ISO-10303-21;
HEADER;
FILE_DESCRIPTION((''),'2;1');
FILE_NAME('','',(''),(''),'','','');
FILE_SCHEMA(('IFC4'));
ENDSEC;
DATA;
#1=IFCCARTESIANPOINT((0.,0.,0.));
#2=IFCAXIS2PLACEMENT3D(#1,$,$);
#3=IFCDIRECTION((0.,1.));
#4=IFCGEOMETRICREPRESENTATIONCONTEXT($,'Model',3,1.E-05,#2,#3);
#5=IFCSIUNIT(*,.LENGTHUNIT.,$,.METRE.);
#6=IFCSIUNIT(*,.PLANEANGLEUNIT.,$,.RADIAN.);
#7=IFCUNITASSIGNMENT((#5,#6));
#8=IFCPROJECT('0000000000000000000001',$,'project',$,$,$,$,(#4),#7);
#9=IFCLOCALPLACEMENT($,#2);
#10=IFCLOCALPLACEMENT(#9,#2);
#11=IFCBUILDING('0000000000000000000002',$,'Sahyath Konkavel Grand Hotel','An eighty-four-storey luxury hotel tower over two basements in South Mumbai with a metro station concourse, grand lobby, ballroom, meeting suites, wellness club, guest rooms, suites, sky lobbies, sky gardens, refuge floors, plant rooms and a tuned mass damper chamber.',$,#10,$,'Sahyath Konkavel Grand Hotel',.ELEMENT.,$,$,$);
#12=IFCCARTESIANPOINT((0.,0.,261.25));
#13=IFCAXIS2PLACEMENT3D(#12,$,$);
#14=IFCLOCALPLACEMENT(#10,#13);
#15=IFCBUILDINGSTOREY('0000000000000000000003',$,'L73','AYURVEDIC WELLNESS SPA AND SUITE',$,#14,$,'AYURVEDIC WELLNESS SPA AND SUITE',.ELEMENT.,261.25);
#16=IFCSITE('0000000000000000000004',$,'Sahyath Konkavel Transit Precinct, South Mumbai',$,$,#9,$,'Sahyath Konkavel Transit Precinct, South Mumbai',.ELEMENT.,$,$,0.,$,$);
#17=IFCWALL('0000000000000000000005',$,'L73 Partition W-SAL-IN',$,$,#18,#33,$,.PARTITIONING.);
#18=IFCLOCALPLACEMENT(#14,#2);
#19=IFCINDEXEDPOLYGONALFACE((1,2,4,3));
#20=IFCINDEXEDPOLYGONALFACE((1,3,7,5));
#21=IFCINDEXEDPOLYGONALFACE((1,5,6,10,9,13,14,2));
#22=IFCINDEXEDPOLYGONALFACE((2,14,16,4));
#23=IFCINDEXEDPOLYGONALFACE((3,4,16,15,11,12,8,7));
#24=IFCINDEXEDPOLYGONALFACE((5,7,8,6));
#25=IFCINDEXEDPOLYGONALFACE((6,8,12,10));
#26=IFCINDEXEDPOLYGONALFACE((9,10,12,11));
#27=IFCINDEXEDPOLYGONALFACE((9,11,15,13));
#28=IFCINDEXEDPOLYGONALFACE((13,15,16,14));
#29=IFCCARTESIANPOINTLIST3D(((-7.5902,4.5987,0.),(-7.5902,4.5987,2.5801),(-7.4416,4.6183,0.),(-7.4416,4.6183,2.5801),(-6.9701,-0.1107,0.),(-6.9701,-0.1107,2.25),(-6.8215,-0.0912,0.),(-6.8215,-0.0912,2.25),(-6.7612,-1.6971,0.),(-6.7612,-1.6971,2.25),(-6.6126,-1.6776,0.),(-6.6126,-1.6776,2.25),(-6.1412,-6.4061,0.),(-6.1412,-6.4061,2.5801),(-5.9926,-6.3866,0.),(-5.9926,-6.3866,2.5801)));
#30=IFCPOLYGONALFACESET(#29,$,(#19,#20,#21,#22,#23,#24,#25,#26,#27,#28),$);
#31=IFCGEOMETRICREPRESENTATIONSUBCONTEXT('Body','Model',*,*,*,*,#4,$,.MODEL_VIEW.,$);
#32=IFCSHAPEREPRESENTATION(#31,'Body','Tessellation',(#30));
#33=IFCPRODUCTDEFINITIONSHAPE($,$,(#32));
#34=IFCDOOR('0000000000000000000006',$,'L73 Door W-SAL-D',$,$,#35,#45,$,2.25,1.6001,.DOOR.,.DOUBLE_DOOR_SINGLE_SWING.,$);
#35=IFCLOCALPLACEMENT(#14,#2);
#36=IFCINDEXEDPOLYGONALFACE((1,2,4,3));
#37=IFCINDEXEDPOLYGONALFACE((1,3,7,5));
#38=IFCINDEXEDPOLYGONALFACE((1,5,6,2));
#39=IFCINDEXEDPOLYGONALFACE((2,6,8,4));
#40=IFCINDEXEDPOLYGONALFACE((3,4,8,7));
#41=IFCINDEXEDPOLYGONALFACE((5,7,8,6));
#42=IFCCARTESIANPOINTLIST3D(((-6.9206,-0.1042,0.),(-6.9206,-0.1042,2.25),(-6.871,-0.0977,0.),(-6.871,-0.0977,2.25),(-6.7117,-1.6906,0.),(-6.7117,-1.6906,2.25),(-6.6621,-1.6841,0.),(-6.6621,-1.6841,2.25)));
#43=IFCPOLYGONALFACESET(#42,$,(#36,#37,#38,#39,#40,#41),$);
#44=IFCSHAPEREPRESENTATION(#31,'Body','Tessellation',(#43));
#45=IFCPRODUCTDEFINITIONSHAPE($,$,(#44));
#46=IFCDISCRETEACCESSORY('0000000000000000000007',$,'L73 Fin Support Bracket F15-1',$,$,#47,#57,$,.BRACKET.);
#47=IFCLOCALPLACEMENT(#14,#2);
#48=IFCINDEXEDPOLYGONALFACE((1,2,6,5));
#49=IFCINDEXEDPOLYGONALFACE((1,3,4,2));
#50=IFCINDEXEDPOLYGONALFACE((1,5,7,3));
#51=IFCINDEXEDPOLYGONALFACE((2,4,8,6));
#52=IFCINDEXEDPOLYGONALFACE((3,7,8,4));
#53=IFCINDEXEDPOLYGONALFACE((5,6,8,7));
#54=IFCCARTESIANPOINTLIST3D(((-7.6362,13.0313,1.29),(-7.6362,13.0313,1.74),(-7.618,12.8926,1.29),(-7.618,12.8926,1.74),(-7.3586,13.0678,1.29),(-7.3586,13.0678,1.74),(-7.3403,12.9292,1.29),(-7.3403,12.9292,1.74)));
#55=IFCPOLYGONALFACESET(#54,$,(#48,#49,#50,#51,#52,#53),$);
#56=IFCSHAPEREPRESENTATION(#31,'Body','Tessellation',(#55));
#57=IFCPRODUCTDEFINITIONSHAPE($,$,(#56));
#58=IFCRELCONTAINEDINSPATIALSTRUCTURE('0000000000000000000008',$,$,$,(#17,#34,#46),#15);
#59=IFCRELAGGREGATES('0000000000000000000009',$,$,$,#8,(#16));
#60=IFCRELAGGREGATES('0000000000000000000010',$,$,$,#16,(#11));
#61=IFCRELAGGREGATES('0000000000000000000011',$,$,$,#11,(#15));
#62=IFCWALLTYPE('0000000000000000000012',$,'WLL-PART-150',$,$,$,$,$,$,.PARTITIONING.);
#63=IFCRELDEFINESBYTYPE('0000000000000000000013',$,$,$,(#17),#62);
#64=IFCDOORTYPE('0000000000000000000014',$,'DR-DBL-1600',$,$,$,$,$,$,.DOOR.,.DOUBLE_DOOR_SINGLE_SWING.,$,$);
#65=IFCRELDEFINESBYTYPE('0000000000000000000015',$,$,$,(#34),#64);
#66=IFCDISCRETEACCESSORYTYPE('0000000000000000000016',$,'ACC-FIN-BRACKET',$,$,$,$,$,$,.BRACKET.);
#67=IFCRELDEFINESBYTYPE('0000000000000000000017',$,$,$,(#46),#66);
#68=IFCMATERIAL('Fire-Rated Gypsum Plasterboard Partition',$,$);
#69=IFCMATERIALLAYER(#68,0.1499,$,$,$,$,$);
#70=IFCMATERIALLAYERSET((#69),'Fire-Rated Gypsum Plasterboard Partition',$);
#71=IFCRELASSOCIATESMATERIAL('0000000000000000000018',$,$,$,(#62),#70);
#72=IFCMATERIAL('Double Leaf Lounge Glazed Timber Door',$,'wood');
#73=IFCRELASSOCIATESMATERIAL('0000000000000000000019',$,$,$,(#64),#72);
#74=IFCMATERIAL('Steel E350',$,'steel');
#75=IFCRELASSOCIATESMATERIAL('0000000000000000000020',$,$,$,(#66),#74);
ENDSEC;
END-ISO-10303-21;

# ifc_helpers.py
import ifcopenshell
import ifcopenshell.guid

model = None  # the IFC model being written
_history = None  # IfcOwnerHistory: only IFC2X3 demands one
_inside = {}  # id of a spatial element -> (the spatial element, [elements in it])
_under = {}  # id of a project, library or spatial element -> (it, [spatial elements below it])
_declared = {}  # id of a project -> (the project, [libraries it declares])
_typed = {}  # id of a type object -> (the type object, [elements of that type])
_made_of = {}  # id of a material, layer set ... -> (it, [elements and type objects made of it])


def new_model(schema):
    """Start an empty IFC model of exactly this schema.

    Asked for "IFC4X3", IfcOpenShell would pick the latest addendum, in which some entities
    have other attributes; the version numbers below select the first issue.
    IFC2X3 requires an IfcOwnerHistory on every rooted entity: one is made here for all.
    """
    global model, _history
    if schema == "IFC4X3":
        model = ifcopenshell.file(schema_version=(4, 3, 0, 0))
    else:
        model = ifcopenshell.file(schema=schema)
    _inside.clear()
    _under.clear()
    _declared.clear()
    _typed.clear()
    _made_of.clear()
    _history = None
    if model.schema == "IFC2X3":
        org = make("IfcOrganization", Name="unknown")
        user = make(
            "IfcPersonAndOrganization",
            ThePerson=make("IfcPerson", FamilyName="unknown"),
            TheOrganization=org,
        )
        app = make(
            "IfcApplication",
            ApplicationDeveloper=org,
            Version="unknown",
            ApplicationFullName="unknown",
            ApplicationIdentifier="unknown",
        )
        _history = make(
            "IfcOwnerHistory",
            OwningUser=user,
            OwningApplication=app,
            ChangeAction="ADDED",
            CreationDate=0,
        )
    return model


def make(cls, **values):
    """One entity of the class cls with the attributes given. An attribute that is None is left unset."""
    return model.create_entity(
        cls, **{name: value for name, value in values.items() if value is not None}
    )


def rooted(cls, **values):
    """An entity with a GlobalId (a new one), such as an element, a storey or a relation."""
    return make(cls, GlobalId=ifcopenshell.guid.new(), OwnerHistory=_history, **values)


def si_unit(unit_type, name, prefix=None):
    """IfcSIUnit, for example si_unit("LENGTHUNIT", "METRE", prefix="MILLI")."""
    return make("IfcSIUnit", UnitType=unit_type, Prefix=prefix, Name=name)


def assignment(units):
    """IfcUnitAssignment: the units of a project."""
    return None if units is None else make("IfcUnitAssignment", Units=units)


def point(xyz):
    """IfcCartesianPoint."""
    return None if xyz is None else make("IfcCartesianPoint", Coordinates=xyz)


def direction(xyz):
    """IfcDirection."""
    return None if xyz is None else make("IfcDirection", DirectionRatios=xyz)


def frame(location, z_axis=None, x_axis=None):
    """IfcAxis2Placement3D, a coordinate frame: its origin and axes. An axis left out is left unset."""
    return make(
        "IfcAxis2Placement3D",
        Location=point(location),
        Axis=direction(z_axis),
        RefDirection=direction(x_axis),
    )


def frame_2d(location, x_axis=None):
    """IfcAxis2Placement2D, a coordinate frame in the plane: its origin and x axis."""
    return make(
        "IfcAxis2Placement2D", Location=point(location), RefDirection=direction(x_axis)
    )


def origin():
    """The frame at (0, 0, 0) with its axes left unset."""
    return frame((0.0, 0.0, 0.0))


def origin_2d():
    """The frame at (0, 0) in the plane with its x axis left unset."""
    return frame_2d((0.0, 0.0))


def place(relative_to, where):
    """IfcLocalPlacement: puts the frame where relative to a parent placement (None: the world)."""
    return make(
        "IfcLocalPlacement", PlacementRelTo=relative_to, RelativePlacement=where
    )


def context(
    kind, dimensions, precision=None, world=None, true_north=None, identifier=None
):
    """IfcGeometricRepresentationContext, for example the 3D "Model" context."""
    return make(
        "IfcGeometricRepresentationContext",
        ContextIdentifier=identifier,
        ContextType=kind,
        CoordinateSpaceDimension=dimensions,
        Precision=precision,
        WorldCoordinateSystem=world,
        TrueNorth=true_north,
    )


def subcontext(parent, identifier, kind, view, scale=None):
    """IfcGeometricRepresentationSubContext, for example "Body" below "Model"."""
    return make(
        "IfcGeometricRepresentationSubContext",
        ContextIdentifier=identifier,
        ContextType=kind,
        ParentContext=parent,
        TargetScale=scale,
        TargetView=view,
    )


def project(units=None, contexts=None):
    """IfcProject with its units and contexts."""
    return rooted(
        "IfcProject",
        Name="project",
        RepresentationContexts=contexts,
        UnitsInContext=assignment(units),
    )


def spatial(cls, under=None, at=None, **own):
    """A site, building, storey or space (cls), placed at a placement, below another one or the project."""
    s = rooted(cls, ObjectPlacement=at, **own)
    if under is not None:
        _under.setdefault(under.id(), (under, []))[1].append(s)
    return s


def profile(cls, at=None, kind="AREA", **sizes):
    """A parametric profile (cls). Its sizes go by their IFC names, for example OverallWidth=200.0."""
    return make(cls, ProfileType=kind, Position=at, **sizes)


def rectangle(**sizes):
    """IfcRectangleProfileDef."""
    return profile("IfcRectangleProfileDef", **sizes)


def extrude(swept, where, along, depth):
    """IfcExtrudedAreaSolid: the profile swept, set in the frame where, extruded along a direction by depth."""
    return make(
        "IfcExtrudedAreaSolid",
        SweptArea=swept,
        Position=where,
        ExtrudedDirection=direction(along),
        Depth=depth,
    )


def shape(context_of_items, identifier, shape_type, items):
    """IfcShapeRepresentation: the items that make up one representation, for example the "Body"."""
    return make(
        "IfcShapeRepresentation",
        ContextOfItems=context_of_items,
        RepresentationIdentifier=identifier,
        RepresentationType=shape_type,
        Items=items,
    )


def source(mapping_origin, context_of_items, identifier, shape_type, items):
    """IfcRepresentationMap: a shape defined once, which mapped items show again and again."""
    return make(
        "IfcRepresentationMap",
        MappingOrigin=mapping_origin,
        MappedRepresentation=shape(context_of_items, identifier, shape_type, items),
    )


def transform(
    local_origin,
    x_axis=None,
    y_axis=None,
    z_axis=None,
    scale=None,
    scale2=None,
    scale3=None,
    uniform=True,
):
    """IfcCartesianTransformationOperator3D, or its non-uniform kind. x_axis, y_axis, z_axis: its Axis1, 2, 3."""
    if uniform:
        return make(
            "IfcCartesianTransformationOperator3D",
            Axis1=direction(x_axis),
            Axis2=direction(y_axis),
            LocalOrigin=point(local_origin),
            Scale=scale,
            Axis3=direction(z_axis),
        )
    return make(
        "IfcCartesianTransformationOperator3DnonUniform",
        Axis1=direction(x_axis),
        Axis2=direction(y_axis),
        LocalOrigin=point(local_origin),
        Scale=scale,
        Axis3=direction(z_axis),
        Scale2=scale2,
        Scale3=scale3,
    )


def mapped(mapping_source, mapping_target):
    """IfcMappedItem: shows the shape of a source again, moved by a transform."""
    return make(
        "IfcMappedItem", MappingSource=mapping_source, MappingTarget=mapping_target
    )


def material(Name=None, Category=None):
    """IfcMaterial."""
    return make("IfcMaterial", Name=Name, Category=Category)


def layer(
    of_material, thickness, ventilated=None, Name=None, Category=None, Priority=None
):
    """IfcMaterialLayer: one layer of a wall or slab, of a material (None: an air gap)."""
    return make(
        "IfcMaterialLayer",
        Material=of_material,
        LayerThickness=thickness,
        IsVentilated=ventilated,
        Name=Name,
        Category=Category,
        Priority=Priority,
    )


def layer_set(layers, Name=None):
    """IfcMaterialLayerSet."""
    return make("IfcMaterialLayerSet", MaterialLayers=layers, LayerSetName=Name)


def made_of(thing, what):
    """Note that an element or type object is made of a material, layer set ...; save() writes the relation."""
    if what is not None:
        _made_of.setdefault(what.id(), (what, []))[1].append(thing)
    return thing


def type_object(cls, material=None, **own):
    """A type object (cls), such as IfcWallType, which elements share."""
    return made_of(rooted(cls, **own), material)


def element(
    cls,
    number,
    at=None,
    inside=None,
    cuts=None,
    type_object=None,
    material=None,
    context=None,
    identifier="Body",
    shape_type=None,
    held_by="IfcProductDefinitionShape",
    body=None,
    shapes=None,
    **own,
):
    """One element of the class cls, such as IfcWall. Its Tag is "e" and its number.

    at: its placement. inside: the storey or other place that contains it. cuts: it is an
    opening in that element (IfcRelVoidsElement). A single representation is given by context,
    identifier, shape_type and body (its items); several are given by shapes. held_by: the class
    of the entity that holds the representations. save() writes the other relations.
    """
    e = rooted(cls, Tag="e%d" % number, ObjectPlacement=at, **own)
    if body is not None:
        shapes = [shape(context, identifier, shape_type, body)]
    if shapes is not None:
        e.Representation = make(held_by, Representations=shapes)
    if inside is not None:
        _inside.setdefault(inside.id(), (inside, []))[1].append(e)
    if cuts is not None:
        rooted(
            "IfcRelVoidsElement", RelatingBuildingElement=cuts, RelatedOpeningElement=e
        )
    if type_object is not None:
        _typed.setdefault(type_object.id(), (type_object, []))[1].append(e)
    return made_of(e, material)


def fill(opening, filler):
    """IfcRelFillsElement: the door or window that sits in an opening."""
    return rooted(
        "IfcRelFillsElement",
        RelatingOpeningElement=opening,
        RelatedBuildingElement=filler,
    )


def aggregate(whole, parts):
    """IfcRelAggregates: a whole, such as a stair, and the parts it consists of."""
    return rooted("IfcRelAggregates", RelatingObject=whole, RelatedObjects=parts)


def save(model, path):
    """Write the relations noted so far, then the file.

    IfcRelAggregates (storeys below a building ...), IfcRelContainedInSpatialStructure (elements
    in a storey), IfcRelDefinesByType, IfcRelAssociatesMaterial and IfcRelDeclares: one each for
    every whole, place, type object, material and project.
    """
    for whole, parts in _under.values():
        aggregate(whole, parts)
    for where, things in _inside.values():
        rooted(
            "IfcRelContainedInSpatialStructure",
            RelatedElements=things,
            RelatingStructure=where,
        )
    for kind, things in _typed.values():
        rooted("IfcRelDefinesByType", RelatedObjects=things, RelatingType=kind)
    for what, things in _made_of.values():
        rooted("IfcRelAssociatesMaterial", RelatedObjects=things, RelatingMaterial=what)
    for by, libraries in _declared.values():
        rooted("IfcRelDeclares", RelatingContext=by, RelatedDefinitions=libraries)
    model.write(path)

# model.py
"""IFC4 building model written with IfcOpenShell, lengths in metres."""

from ifc_helpers import new_model, si_unit, direction, frame, frame_2d, origin, origin_2d, place, context, subcontext, project, spatial, rectangle, extrude, source, transform, mapped, material, layer, layer_set, type_object, element, fill, save


model = new_model("IFC4")

# Units and contexts
model_context = context("Model", 3, precision=1e-05, world=origin(), true_north=direction((0.0, 1.0)))
body_context = subcontext(model_context, "Body", "Model", "MODEL_VIEW")
ifc_project = project(units=[si_unit("LENGTHUNIT", "METRE"), si_unit("PLANEANGLEUNIT", "RADIAN")], contexts=[model_context])

# Site, building, storey
site_placement = place(None, origin())
site = spatial("IfcSite", under=ifc_project, at=site_placement, Name="Sahyath Konkavel Transit Precinct, South Mumbai", LongName="Sahyath Konkavel Transit Precinct, South Mumbai", CompositionType="ELEMENT", RefElevation=0.0)
building_placement = place(site_placement, origin())
building = spatial("IfcBuilding", under=site, at=building_placement, Name="Sahyath Konkavel Grand Hotel", Description="An eighty-four-storey luxury hotel tower over two basements in South Mumbai with a metro station concourse, grand lobby, ballroom, meeting suites, wellness club, guest rooms, suites, sky lobbies, sky gardens, refuge floors, plant rooms and a tuned mass damper chamber.", LongName="Sahyath Konkavel Grand Hotel", CompositionType="ELEMENT")
storey_placement = place(building_placement, frame((0.0, 0.0, 261.25)))
storey = spatial("IfcBuildingStorey", under=building, at=storey_placement, Name="L73", Description="AYURVEDIC WELLNESS SPA AND SUITE", LongName="AYURVEDIC WELLNESS SPA AND SUITE", CompositionType="ELEMENT", Elevation=261.25)

# Shared definitions
ifc_material_1 = material(Name="Steel E350", Category="steel")

# Wall, opening, door
ifc_material_2 = material(Name="Fire-Rated Gypsum Plasterboard Partition")
ifc_layer_1 = layer(ifc_material_2, 0.1499)
ifc_layer_set_1 = layer_set([ifc_layer_1], Name="Fire-Rated Gypsum Plasterboard Partition")
wall_type_1 = type_object("IfcWallType", Name="WLL-PART-150", PredefinedType="PARTITIONING", material=ifc_layer_set_1)
wall_1_placement = place(storey_placement, frame((-7.5159, 4.6084, 0.0), z_axis=(0.0, 0.0, 1.0), x_axis=(0.13054, -0.991443, 0.0)))
wall_1 = element("IfcWall", 1, at=wall_1_placement, inside=storey, type_object=wall_type_1, Name="L73 Partition W-SAL-IN", PredefinedType="PARTITIONING", context=body_context, shape_type="SweptSolid", body=[
    extrude(rectangle(XDim=11.0999, YDim=0.1499, at=frame_2d((5.5498, 0.0))), origin(), (0.0, 0.0, 1.0), 2.5801),
])
opening_placement = place(wall_1_placement, frame((4.75, 0.0, 0.0)))
opening = element("IfcOpeningElement", 2, at=opening_placement, cuts=wall_1, PredefinedType="OPENING", context=body_context, shape_type="SweptSolid", body=[
    extrude(rectangle(XDim=1.6001, YDim=2.25, at=frame_2d((0.8, 1.125))), frame((0.0, 0.085, 0.0), z_axis=(0.0, -1.0, 0.0), x_axis=(1.0, 0.0, 0.0)), (0.0, 0.0, 1.0), 0.1699),
])
ifc_material_3 = material(Name="Double Leaf Lounge Glazed Timber Door", Category="wood")
door_type = type_object("IfcDoorType", Name="DR-DBL-1600", OperationType="DOUBLE_DOOR_SINGLE_SWING", PredefinedType="DOOR", material=ifc_material_3)
shared_shape_1 = source(origin(), body_context, "Body", "SweptSolid", [
    extrude(rectangle(XDim=1.6001, YDim=0.05, at=origin_2d()), origin(), (0.0, 0.0, 1.0), 2.25),
])
door_placement = place(opening_placement, frame((0.8, 0.0, 0.0)))
door = element("IfcDoor", 3, at=door_placement, inside=storey, type_object=door_type, Name="L73 Door W-SAL-D", OperationType="DOUBLE_DOOR_SINGLE_SWING", OverallHeight=2.25, OverallWidth=1.6001, PredefinedType="DOOR", context=body_context, shape_type="MappedRepresentation", body=[
    mapped(shared_shape_1, transform((0.0, 0.0, 0.0), scale=1.0)),
])
fill(opening, door)

# Discrete accessory
discrete_accessory_type = type_object("IfcDiscreteAccessoryType", Name="ACC-FIN-BRACKET", PredefinedType="BRACKET", material=ifc_material_1)
shared_shape_2 = source(origin(), body_context, "Body", "SweptSolid", [
    extrude(rectangle(XDim=0.28, YDim=0.1399, at=origin_2d()), origin(), (0.0, 0.0, 1.0), 0.45),
])
discrete_accessory_placement = place(storey_placement, frame((-7.4883, 12.9802, 1.29), z_axis=(0.0, 0.0, 1.0), x_axis=(-0.991445, -0.130526, 0.0)))
element("IfcDiscreteAccessory", 4, at=discrete_accessory_placement, inside=storey, type_object=discrete_accessory_type, Name="L73 Fin Support Bracket F15-1", PredefinedType="BRACKET", context=body_context, shape_type="MappedRepresentation", body=[
    mapped(shared_shape_2, transform((0.0, 0.0, 0.0), scale=1.0)),
])

save(model, "model.ifc")
